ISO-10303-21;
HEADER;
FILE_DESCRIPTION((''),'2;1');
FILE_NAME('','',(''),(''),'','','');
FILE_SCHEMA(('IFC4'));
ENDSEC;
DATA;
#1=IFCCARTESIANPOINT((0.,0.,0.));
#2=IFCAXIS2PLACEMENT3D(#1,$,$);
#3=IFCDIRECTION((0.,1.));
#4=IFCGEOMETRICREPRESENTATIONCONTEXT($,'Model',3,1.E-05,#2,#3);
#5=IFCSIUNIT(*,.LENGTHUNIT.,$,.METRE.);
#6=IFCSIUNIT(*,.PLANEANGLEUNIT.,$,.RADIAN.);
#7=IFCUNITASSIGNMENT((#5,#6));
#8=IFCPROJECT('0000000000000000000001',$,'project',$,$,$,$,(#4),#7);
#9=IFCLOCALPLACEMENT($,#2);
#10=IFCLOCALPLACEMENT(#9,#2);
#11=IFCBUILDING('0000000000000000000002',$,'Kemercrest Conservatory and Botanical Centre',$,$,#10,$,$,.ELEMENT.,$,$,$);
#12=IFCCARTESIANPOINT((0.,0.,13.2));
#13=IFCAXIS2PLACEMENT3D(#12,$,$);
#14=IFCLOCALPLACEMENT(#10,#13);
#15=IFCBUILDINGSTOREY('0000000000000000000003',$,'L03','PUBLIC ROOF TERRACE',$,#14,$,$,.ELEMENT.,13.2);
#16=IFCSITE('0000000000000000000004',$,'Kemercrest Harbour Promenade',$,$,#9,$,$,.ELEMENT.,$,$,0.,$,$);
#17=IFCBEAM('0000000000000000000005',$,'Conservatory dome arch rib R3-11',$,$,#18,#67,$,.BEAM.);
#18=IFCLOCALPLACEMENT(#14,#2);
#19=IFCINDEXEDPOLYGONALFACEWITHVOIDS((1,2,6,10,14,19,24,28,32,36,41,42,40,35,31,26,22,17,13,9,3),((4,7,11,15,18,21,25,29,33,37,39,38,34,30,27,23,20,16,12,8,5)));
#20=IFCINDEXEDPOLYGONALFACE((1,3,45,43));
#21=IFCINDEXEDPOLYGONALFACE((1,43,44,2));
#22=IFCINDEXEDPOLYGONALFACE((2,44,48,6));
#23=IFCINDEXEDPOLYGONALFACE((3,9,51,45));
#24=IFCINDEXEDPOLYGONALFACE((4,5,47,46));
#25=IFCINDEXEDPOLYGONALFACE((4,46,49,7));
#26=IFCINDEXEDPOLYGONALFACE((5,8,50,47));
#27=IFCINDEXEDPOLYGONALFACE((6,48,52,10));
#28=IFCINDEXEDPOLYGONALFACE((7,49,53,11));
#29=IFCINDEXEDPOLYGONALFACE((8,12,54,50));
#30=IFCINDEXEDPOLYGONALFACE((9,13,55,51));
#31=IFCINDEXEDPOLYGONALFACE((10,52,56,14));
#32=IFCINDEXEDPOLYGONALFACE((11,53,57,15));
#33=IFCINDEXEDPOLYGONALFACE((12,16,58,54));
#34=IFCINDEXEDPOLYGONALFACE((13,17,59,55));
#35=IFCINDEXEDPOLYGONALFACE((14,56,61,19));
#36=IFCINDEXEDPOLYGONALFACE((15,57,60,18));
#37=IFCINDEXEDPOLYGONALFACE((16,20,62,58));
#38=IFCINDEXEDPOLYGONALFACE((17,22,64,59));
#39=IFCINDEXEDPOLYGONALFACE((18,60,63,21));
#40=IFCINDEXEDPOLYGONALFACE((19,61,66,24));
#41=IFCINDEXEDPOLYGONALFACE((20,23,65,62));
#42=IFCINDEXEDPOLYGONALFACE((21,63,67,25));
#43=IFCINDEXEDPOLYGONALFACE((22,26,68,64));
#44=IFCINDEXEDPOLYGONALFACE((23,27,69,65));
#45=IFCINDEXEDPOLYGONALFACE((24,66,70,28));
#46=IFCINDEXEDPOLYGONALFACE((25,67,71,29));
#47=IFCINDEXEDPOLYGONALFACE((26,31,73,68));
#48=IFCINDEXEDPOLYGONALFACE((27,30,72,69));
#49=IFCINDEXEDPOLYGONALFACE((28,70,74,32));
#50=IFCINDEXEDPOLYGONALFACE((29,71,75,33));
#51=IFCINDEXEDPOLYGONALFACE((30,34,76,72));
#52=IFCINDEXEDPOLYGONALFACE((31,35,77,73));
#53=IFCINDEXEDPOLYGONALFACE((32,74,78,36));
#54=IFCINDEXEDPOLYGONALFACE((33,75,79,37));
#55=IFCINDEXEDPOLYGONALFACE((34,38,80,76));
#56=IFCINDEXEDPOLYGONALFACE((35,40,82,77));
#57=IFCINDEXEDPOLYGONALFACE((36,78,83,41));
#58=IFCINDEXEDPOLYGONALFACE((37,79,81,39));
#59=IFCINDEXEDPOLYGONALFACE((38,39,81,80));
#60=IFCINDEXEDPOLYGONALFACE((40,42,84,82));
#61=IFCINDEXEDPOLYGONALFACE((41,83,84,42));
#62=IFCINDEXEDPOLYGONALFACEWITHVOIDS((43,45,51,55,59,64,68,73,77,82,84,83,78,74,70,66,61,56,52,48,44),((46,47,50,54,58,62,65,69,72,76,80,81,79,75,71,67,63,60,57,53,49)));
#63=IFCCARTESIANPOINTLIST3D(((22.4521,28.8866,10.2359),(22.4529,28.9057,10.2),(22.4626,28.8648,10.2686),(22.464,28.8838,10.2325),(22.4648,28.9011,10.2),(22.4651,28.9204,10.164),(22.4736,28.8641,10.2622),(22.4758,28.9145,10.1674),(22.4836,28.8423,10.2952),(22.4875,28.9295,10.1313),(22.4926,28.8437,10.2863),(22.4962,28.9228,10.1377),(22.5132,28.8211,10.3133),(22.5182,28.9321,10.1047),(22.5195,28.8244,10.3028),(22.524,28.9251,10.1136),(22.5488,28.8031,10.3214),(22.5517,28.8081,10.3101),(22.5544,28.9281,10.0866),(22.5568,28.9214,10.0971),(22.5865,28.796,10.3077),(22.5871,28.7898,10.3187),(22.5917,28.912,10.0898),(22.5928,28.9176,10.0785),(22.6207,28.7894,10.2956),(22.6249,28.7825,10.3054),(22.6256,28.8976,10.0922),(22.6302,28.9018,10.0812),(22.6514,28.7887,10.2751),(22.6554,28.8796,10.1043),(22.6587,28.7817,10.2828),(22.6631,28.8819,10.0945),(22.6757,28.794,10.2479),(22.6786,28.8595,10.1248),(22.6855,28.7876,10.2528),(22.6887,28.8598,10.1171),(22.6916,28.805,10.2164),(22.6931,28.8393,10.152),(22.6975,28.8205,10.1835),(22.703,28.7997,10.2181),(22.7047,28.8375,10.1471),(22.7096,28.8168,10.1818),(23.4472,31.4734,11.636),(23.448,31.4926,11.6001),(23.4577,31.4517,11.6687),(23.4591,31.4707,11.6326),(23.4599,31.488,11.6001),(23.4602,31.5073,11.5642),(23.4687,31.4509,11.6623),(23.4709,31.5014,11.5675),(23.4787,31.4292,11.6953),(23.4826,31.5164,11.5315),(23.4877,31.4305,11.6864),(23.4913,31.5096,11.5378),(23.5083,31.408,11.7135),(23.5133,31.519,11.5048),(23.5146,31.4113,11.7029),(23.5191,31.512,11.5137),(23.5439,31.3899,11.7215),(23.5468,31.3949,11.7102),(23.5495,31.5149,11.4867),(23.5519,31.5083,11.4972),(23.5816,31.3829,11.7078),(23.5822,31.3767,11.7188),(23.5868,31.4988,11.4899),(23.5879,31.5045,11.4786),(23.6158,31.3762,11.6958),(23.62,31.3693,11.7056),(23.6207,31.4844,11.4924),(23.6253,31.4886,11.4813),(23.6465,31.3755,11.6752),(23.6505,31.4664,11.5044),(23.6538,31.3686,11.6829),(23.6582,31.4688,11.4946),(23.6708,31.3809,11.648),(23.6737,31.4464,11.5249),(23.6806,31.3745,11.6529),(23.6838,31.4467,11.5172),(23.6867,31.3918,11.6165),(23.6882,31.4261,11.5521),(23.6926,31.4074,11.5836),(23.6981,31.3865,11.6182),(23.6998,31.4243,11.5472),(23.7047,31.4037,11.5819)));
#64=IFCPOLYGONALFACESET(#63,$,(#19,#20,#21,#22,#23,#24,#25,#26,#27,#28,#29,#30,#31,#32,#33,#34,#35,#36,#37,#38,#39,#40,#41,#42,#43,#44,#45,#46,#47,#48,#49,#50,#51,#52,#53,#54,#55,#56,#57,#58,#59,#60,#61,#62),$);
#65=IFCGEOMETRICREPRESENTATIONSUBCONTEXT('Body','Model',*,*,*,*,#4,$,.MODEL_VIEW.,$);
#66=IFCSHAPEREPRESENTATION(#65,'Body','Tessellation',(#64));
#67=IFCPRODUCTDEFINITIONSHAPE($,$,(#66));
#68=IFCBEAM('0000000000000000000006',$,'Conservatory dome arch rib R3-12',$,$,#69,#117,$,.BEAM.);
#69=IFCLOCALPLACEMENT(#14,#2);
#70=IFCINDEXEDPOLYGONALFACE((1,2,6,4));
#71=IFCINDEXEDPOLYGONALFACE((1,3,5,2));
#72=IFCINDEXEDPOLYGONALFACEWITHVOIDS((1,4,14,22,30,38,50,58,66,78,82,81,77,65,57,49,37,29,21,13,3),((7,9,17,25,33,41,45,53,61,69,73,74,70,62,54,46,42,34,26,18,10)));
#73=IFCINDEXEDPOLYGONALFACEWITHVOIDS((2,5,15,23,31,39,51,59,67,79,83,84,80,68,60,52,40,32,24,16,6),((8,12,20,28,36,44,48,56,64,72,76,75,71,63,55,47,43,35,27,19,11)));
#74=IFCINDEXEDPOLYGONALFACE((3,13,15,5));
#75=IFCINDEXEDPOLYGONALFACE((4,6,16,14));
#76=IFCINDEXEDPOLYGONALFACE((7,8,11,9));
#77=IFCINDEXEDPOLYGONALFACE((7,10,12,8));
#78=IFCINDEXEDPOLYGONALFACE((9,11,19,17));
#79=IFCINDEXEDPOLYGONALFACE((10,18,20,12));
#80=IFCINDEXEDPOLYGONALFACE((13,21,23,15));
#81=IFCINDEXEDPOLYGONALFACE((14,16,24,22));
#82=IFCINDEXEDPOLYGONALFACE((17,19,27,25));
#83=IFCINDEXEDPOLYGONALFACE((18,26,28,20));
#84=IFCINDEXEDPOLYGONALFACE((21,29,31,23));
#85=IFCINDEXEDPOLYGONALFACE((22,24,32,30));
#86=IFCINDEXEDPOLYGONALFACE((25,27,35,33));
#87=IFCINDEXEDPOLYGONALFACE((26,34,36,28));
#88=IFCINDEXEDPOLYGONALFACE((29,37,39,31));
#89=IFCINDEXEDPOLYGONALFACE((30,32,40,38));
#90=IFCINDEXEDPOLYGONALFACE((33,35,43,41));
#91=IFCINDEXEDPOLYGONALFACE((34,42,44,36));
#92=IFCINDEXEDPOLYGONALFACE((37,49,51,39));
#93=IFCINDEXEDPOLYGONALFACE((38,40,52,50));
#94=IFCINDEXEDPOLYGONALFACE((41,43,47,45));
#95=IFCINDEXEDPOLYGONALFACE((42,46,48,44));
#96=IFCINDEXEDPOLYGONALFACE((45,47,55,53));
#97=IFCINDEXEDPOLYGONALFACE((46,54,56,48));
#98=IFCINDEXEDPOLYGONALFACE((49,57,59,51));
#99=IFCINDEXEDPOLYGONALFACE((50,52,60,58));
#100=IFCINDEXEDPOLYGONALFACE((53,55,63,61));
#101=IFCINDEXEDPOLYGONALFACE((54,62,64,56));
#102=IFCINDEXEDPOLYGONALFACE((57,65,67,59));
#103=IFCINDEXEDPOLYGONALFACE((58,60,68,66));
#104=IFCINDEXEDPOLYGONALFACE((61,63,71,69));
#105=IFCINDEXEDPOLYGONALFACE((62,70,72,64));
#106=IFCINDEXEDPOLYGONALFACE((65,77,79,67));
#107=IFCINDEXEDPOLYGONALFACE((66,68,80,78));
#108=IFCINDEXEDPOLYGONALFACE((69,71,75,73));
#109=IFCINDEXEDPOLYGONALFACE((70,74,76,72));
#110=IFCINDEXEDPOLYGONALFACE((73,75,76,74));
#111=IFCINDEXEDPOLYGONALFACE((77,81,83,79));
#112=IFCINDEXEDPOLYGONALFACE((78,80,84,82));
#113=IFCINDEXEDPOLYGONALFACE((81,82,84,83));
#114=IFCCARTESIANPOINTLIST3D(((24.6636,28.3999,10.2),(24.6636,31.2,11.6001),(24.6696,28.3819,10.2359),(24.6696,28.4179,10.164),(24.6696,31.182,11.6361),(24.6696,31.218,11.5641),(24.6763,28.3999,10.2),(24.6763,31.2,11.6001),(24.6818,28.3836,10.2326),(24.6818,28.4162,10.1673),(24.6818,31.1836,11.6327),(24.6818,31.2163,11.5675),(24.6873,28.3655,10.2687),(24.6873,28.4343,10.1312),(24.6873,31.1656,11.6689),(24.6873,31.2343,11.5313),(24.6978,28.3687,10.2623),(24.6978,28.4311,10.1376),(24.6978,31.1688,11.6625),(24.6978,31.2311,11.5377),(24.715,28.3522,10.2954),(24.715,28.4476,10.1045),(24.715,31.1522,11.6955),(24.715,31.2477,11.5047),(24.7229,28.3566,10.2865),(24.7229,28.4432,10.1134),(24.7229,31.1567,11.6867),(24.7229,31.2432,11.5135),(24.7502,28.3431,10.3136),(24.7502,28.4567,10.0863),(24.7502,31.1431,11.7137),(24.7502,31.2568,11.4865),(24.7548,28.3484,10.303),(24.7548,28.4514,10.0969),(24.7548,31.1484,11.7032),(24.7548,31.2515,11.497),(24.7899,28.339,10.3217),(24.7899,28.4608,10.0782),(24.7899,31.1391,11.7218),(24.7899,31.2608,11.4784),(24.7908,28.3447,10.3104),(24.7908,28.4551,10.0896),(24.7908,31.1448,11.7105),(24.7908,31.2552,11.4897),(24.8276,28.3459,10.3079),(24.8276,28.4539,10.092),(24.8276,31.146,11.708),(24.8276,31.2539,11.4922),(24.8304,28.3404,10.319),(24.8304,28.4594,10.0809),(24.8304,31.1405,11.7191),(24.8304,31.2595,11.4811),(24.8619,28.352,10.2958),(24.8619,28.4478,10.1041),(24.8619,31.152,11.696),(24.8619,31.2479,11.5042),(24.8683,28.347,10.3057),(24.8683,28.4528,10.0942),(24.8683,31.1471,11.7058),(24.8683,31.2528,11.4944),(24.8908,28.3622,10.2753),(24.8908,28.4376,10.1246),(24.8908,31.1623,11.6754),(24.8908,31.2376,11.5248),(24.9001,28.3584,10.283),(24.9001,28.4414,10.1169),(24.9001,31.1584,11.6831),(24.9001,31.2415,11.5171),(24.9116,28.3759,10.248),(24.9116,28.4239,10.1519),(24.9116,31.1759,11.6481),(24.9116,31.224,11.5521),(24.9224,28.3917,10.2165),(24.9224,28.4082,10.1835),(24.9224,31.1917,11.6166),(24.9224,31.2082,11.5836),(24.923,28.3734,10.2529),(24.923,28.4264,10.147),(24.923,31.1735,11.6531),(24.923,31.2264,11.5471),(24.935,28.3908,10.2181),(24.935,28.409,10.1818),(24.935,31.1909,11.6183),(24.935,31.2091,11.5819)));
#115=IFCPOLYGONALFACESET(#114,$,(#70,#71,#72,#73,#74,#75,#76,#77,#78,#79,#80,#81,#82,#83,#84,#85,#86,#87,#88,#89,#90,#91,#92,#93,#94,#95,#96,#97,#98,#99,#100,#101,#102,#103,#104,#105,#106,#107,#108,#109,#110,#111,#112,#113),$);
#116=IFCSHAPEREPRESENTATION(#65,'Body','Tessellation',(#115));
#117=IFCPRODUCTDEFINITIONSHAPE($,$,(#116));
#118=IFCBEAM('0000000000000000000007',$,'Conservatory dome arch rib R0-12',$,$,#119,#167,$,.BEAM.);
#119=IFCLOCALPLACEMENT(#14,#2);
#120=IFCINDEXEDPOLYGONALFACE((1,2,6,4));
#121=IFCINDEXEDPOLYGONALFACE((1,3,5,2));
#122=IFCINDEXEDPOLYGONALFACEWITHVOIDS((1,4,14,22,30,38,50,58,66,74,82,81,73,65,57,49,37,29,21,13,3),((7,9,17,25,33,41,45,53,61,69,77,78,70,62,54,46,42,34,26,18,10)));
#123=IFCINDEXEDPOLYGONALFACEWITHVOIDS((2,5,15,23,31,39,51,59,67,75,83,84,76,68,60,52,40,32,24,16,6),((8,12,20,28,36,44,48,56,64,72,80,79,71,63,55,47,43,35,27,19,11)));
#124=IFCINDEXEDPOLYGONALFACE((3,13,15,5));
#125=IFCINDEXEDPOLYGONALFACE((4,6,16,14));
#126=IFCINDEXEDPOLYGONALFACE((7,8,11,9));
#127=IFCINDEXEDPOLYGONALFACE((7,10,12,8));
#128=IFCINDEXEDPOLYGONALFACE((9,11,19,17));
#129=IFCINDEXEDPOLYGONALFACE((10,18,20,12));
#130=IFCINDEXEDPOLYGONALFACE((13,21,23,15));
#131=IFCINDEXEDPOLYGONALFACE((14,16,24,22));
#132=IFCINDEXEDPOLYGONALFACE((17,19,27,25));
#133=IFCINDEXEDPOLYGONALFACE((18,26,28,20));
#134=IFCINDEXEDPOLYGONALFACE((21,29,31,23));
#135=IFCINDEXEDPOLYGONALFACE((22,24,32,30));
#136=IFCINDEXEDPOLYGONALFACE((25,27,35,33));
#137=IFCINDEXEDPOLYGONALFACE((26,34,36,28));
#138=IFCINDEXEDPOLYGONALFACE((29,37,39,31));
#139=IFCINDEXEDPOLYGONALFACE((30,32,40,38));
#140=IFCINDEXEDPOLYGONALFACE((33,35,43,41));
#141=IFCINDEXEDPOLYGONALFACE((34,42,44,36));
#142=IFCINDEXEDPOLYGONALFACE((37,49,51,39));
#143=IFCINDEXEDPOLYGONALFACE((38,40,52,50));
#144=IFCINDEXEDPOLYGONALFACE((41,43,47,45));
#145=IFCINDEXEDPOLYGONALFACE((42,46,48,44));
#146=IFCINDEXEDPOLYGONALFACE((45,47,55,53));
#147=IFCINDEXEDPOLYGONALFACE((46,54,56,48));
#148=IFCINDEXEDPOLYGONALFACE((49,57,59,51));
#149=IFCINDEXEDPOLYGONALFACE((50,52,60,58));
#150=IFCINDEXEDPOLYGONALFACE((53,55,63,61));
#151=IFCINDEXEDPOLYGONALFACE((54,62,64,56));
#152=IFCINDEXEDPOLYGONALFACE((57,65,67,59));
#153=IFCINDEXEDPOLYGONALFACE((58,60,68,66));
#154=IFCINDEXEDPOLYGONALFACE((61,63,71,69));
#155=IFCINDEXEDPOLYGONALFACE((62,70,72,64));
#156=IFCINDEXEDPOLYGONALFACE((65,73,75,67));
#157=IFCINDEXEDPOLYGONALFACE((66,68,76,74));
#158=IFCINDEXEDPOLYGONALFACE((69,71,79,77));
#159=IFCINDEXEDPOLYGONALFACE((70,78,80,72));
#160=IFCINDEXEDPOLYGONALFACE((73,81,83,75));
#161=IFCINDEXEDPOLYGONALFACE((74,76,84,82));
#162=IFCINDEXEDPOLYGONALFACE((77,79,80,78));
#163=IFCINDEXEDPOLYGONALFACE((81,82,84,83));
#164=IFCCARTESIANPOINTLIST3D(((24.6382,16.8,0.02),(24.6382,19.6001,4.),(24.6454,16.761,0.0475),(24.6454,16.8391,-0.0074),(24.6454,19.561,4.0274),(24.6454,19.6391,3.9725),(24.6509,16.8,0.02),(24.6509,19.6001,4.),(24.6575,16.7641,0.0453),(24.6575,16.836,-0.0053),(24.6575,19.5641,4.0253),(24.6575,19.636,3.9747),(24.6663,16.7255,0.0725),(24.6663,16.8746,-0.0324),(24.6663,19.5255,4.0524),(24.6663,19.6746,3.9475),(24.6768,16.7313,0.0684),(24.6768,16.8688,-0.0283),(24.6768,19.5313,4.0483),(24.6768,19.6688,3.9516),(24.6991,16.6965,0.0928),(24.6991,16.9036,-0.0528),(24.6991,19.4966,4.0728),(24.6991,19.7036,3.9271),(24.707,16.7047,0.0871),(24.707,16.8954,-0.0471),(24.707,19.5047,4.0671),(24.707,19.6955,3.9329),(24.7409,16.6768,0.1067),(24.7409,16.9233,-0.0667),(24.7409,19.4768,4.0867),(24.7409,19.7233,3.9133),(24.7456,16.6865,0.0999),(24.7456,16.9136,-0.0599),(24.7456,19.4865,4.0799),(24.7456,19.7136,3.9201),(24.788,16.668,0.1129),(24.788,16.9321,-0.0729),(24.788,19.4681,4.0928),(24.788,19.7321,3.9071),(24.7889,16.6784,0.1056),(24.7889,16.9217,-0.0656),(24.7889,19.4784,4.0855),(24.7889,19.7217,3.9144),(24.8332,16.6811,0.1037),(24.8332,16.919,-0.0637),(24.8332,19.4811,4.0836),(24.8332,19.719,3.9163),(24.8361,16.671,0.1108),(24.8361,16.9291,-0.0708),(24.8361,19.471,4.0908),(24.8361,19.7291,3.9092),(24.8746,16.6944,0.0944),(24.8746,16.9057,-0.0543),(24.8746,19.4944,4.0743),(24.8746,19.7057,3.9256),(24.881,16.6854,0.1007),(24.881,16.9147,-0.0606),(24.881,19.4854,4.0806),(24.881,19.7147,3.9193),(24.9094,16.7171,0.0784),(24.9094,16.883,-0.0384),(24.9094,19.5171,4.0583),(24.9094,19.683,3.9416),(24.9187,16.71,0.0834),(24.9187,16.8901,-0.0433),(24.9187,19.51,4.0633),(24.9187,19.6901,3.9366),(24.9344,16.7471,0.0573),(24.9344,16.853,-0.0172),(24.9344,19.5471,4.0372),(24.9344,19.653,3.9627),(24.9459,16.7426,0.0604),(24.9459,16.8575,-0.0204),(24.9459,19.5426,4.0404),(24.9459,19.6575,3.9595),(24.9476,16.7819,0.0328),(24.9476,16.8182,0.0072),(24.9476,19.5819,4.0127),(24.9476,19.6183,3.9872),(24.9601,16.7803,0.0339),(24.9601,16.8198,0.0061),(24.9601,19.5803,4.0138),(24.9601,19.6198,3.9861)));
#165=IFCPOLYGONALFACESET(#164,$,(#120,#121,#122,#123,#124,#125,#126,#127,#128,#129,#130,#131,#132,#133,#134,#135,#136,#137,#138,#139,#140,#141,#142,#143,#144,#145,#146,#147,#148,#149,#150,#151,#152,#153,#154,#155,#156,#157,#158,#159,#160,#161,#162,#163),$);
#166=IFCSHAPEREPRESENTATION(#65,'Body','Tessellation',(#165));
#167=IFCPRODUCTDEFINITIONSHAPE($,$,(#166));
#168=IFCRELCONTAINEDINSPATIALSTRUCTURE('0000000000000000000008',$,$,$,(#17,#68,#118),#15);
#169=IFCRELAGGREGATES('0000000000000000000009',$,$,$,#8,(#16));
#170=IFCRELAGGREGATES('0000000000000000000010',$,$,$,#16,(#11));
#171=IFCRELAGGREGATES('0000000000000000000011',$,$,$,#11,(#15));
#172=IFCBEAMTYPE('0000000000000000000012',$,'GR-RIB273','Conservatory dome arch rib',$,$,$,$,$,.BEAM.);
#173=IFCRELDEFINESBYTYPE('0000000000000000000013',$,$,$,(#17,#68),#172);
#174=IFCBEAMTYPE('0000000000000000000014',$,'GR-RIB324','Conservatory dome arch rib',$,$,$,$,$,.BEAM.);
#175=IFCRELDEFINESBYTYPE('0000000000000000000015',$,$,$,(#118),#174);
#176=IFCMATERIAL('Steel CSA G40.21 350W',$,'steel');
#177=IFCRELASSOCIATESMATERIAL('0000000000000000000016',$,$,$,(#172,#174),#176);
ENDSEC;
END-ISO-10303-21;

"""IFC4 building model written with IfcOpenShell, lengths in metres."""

from ifc_helpers import new_model, si_unit, direction, frame, origin, origin_2d, place, context, subcontext, project, spatial, hollow_circle, extrude, material, material_profile, profile_set, type_object, element, save


model = new_model("IFC4")

# Units and contexts
model_context = context("Model", 3, precision=1e-05, world=origin(), true_north=direction((0.0, 1.0)))
body_context = subcontext(model_context, "Body", "Model", "MODEL_VIEW")
ifc_project = project(units=[si_unit("LENGTHUNIT", "METRE"), si_unit("PLANEANGLEUNIT", "RADIAN")], contexts=[model_context])

# Site, building, storey
site_placement = place(None, origin())
site = spatial("IfcSite", under=ifc_project, at=site_placement, Name="Kemercrest Harbour Promenade", CompositionType="ELEMENT", RefElevation=0.0)
building_placement = place(site_placement, origin())
building = spatial("IfcBuilding", under=site, at=building_placement, Name="Kemercrest Conservatory and Botanical Centre", CompositionType="ELEMENT")
storey_placement = place(building_placement, frame((0.0, 0.0, 13.2)))
storey = spatial("IfcBuildingStorey", under=building, at=storey_placement, Name="L03", Description="PUBLIC ROOF TERRACE", CompositionType="ELEMENT", Elevation=13.2)

# Beams
ifc_material_1 = material(Name="Steel CSA G40.21 350W", Category="steel")
ifc_material_profile_1 = material_profile(ifc_material_1, hollow_circle(Radius=0.1365, WallThickness=0.0127, at=origin_2d()), Name="CHS 273.1x12.7")
ifc_profile_set_1 = profile_set([ifc_material_profile_1], Name="Steel CSA G40.21 350W")
beam_type_1 = type_object("IfcBeamType", Name="GR-RIB273", Description="Conservatory dome arch rib", PredefinedType="BEAM", material=ifc_profile_set_1)
beam_1_placement = place(storey_placement, frame((22.5803, 28.8567, 10.2), z_axis=(0.320459, 0.833068, 0.450892), x_axis=(-0.933327, 0.359026, 0.0)))
element("IfcBeam", 1, at=beam_1_placement, inside=storey, type_object=beam_type_1, Name="Conservatory dome arch rib R3-11", PredefinedType="BEAM", context=body_context, shape_type="SweptSolid", body=[
    extrude(hollow_circle(Radius=0.1365, WallThickness=0.0127, at=origin_2d()), origin(), (0.0, 0.0, 1.0), 3.1052),
])
beam_2_placement = place(storey_placement, frame((24.8, 28.3999, 10.2), z_axis=(0.0, 0.894412, 0.447245), x_axis=(-1.0, 0.0, 0.0)))
element("IfcBeam", 2, at=beam_2_placement, inside=storey, type_object=beam_type_1, Name="Conservatory dome arch rib R3-12", PredefinedType="BEAM", context=body_context, shape_type="SweptSolid", body=[
    extrude(hollow_circle(Radius=0.1365, WallThickness=0.0127, at=origin_2d()), origin(), (0.0, 0.0, 1.0), 3.1306),
])
ifc_material_profile_2 = material_profile(ifc_material_1, hollow_circle(Radius=0.1619, WallThickness=0.0127, at=origin_2d()), Name="CHS 323.9x12.7")
ifc_profile_set_2 = profile_set([ifc_material_profile_2], Name="Steel CSA G40.21 350W")
beam_type_2 = type_object("IfcBeamType", Name="GR-RIB324", Description="Conservatory dome arch rib", PredefinedType="BEAM", material=ifc_profile_set_2)
beam_3_placement = place(storey_placement, frame((24.8, 16.8, 0.02), z_axis=(0.0, 0.5754, 0.817872), x_axis=(-1.0, 0.0, 0.0)))
element("IfcBeam", 3, at=beam_3_placement, inside=storey, type_object=beam_type_2, Name="Conservatory dome arch rib R0-12", PredefinedType="BEAM", context=body_context, shape_type="SweptSolid", body=[
    extrude(hollow_circle(Radius=0.1619, WallThickness=0.0127, at=origin_2d()), origin(), (0.0, 0.0, 1.0), 4.8662),
])

save(model, "model.ifc")
